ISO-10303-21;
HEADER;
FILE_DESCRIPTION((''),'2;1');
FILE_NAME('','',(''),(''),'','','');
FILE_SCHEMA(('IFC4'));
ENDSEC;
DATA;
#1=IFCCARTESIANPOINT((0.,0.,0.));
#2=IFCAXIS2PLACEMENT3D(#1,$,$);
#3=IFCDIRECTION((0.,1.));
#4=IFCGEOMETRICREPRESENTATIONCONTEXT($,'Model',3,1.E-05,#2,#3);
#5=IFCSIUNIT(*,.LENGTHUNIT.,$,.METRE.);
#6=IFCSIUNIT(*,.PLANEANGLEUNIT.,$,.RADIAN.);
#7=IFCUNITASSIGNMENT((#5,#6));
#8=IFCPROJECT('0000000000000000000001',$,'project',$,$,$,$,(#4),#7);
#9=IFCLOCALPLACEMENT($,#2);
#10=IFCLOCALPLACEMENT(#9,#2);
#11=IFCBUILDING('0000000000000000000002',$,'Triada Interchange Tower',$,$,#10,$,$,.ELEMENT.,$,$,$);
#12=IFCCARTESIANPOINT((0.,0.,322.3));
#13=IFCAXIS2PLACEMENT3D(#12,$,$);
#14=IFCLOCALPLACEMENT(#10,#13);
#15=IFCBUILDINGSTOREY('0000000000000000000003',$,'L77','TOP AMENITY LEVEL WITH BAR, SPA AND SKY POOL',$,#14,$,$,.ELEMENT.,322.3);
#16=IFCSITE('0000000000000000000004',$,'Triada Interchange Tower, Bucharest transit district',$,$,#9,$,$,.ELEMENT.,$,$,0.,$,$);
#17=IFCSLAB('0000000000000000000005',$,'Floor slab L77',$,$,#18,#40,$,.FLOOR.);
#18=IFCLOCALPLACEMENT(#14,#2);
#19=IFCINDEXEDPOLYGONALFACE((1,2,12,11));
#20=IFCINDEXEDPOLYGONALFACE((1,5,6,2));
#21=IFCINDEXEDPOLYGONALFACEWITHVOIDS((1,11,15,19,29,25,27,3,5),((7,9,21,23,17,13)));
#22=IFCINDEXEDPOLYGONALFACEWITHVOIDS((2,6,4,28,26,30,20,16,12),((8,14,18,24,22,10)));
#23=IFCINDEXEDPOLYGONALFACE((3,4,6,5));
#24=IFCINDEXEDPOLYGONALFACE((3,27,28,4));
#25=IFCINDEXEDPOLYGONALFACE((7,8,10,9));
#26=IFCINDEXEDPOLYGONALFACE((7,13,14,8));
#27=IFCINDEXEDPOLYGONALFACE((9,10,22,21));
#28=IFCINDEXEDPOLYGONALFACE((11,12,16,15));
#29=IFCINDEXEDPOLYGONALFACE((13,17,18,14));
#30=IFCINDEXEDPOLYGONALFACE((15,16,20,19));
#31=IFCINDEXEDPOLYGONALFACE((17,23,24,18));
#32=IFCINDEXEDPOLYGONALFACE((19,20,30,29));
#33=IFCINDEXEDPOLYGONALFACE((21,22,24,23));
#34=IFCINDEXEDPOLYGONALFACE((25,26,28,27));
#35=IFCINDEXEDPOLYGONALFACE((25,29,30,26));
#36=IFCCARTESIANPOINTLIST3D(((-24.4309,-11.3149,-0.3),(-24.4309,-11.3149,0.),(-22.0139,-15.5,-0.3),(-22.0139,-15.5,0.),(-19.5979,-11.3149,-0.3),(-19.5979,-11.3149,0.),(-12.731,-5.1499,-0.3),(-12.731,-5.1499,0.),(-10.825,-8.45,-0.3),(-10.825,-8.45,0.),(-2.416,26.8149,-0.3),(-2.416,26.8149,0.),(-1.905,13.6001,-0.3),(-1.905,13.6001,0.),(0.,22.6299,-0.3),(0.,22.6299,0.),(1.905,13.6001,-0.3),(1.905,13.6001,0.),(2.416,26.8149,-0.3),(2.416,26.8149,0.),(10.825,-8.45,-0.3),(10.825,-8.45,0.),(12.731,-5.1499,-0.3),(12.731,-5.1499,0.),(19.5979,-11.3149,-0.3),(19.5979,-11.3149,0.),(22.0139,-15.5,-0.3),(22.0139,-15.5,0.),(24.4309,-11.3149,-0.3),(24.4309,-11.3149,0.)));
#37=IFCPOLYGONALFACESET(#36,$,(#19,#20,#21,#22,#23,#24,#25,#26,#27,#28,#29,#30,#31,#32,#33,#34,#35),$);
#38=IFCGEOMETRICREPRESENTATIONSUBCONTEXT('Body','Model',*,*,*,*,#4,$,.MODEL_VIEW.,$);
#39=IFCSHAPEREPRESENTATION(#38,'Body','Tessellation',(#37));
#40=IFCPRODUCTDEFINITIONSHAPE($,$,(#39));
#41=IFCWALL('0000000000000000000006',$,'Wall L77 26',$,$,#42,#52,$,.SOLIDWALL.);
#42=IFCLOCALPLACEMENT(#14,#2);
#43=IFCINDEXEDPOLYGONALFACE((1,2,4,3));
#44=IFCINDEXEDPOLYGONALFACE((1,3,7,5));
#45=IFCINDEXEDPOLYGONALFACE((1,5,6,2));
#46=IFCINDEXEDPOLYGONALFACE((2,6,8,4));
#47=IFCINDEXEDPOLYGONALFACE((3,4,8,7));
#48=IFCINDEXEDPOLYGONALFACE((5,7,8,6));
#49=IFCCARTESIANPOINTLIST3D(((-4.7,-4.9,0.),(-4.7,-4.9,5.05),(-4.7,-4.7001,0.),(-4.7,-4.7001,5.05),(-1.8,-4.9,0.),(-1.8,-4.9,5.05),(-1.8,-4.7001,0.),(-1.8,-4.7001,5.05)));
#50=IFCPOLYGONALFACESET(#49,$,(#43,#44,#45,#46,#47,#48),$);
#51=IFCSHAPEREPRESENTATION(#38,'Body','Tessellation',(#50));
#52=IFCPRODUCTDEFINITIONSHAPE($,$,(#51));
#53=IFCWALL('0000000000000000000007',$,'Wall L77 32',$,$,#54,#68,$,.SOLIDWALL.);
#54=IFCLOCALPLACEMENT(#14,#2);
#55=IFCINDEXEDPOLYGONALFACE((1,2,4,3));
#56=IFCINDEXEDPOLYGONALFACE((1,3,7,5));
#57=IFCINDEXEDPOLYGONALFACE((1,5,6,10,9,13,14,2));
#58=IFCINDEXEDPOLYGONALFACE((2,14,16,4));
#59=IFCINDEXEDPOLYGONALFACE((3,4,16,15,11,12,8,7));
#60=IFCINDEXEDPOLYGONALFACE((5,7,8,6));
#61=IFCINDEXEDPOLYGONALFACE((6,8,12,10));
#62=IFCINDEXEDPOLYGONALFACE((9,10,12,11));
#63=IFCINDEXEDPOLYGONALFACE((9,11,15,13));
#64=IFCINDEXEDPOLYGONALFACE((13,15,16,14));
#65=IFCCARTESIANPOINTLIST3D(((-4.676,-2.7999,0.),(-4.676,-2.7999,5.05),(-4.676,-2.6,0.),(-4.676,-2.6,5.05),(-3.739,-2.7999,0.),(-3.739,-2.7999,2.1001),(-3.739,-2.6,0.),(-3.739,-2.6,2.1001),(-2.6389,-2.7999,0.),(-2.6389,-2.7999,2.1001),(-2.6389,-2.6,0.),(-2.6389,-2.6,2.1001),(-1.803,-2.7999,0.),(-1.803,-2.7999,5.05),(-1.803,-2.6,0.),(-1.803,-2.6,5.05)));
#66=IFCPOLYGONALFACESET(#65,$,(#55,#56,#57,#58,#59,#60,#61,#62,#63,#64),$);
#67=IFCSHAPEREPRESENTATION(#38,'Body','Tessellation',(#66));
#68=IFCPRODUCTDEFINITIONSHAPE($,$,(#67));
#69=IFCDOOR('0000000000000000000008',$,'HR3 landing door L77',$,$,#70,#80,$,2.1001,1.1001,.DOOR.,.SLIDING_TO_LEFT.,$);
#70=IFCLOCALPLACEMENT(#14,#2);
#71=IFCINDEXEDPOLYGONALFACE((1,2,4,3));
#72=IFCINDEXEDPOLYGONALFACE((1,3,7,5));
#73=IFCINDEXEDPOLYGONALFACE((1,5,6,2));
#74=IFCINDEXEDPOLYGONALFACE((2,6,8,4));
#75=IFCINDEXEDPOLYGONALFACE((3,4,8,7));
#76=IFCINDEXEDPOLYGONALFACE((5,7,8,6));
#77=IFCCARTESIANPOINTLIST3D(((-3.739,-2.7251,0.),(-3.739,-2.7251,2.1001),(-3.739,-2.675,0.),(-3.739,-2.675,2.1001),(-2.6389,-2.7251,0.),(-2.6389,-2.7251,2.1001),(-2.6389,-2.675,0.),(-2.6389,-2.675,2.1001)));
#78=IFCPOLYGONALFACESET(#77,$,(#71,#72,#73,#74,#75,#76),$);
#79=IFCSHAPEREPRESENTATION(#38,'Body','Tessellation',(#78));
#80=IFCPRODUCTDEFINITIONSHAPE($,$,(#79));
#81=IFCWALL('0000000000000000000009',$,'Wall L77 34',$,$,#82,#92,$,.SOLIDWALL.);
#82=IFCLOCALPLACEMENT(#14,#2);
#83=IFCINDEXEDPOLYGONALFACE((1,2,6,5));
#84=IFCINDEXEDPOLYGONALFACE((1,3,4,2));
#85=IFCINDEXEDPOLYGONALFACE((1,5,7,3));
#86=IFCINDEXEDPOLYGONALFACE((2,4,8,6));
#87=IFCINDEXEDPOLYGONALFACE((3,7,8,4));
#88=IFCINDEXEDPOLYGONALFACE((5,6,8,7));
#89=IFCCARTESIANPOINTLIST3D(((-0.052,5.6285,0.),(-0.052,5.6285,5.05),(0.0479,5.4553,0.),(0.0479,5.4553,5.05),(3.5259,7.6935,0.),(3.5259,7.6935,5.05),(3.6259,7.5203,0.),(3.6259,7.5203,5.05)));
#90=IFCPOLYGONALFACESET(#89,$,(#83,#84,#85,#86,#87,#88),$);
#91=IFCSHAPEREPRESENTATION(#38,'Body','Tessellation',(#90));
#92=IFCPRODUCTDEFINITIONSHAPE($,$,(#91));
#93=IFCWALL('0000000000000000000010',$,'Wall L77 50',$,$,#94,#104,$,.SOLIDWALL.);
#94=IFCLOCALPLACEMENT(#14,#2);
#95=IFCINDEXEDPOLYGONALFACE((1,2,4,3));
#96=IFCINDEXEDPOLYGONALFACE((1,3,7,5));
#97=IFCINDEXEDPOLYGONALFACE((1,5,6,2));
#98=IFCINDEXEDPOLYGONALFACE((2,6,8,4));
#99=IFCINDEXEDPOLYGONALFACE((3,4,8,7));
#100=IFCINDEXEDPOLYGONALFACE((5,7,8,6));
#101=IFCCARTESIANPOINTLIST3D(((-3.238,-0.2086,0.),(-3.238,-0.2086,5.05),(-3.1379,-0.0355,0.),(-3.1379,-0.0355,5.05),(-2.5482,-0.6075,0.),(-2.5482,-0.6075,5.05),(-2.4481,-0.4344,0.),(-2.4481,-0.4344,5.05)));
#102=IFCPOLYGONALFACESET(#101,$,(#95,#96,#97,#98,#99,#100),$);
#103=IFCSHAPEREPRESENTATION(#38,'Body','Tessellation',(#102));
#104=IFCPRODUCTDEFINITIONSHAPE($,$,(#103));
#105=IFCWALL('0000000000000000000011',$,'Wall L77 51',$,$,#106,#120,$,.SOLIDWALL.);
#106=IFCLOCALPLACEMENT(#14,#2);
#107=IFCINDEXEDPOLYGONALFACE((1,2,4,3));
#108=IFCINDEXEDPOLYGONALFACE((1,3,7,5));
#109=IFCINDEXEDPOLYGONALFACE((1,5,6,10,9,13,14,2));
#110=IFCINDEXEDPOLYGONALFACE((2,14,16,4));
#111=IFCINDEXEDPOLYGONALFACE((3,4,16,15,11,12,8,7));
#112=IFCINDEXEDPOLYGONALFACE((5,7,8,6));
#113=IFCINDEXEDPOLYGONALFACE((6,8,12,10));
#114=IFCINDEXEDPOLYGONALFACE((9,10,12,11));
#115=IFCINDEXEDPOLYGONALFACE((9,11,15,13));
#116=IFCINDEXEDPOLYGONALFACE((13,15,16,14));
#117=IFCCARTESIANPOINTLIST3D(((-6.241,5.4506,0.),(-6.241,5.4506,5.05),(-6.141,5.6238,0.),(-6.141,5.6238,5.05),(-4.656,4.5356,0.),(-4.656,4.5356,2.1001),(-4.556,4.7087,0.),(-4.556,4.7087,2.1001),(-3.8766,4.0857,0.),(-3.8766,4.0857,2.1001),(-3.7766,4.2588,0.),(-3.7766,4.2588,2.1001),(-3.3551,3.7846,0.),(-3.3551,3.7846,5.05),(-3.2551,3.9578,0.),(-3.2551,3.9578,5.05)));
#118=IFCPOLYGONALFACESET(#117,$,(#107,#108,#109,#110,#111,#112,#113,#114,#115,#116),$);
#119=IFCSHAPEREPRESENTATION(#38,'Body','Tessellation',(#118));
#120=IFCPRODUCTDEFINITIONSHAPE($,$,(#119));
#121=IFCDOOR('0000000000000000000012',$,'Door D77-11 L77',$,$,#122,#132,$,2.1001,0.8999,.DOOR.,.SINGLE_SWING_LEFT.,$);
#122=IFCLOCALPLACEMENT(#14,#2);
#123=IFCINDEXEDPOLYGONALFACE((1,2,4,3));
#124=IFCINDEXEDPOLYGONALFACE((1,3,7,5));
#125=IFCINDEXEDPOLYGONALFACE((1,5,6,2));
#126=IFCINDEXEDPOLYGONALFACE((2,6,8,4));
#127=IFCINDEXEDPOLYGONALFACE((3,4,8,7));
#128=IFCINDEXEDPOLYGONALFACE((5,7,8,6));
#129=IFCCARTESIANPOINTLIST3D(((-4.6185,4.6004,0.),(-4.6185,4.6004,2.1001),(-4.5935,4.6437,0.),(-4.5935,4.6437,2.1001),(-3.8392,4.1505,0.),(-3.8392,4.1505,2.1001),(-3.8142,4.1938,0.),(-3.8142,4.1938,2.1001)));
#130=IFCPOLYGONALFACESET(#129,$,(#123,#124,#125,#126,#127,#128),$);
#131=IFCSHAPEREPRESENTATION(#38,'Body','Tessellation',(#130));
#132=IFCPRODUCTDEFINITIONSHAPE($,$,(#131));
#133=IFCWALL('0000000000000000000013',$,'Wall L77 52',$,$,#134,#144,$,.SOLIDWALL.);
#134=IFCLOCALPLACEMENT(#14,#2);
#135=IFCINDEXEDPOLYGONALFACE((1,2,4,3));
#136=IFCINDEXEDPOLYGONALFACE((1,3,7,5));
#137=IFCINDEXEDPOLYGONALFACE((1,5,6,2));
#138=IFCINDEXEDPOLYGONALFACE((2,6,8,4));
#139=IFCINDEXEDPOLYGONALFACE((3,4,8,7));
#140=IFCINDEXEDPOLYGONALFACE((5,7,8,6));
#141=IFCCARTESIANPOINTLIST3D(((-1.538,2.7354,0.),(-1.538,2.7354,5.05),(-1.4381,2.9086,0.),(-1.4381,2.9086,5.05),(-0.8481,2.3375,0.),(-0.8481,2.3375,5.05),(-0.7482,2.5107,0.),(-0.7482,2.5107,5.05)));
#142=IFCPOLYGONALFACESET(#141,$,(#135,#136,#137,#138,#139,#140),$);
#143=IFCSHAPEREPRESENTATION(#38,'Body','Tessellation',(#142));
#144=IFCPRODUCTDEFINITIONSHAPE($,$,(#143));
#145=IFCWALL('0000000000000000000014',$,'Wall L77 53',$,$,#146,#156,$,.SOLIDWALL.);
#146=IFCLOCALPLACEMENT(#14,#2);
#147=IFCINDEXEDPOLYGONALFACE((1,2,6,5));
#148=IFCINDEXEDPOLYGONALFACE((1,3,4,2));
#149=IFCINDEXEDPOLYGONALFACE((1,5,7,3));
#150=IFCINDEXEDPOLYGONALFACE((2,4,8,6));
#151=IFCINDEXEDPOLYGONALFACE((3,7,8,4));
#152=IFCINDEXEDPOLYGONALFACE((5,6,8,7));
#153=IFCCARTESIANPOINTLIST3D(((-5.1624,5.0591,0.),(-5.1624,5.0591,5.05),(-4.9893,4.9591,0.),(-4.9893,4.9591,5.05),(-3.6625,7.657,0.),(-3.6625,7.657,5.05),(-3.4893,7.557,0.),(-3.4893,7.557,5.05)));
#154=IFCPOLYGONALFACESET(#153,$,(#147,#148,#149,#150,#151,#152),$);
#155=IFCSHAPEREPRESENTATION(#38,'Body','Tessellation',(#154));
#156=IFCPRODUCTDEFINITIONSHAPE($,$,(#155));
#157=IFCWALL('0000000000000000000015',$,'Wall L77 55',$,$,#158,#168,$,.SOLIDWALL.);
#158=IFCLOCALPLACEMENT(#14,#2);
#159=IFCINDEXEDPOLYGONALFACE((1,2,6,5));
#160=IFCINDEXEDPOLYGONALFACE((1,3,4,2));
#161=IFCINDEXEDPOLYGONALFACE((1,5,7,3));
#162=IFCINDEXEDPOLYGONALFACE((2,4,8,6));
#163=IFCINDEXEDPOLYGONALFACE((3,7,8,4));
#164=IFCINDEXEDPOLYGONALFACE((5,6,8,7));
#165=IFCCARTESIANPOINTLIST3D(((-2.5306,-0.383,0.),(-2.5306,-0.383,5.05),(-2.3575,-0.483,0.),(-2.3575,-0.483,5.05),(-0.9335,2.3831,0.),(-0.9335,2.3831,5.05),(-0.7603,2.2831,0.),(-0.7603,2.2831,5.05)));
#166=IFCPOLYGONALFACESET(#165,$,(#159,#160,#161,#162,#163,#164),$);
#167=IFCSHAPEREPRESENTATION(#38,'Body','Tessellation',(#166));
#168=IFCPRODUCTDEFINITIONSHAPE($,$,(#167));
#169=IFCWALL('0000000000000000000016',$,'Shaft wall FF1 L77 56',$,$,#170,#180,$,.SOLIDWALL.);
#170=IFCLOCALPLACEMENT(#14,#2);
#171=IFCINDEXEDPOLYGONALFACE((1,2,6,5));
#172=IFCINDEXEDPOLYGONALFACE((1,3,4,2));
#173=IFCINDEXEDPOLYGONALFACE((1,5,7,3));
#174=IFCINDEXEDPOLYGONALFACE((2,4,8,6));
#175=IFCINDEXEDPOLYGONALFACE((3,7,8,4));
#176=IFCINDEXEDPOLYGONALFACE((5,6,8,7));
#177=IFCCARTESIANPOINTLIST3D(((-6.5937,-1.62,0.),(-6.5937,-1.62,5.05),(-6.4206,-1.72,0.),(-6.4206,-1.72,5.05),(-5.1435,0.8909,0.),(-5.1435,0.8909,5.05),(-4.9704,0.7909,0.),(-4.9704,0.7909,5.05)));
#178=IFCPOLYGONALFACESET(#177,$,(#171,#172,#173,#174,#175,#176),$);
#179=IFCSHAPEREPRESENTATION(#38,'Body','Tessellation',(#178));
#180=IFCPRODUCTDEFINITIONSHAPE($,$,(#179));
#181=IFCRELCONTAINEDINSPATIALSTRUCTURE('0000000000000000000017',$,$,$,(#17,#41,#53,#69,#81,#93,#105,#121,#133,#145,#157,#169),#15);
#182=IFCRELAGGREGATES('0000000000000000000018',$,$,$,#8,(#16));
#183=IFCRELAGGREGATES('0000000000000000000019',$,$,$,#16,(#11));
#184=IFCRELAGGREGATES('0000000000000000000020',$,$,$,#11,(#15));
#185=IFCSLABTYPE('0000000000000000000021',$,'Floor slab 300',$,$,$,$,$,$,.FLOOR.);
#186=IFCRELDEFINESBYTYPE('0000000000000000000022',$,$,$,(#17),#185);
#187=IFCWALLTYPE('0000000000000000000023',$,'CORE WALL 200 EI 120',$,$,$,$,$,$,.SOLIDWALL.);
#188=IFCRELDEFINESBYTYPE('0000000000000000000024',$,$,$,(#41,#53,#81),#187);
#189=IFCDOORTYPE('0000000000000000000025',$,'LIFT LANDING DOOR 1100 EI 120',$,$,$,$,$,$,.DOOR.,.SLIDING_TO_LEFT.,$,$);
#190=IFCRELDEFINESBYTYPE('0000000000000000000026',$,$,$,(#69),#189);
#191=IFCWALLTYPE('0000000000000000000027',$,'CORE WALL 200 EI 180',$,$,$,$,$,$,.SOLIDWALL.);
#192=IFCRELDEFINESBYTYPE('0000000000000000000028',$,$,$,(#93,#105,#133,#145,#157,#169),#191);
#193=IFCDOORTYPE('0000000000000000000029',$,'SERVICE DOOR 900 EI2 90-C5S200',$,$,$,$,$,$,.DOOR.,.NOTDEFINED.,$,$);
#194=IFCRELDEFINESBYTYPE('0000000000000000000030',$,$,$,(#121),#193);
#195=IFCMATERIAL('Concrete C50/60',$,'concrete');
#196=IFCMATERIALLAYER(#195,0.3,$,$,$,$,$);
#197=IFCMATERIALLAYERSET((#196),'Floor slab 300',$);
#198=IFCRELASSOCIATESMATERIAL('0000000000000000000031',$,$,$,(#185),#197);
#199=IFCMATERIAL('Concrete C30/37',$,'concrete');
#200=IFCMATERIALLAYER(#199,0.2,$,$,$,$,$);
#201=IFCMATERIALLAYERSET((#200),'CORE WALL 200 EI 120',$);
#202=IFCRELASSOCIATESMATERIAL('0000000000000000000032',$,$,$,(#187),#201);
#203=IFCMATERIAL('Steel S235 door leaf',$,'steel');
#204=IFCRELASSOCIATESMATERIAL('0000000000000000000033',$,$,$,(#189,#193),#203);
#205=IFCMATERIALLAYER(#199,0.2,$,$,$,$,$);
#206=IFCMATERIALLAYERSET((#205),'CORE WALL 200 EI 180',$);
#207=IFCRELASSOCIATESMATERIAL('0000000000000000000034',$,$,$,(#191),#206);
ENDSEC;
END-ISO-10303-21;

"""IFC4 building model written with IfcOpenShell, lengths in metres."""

from ifc_helpers import new_model, si_unit, direction, frame, frame_2d, origin, place, context, subcontext, project, spatial, polyline, rectangle, outline, extrude, material, layer, layer_set, type_object, element, fill, save


model = new_model("IFC4")

# Units and contexts
model_context = context("Model", 3, precision=1e-05, world=origin(), true_north=direction((0.0, 1.0)))
body_context = subcontext(model_context, "Body", "Model", "MODEL_VIEW")
ifc_project = project(units=[si_unit("LENGTHUNIT", "METRE"), si_unit("PLANEANGLEUNIT", "RADIAN")], contexts=[model_context])

# Site, building, storey
site_placement = place(None, origin())
site = spatial("IfcSite", under=ifc_project, at=site_placement, Name="Triada Interchange Tower, Bucharest transit district", CompositionType="ELEMENT", RefElevation=0.0)
building_placement = place(site_placement, origin())
building = spatial("IfcBuilding", under=site, at=building_placement, Name="Triada Interchange Tower", CompositionType="ELEMENT")
storey_placement = place(building_placement, frame((0.0, 0.0, 322.3)))
storey = spatial("IfcBuildingStorey", under=building, at=storey_placement, Name="L77", Description="TOP AMENITY LEVEL WITH BAR, SPA AND SKY POOL", CompositionType="ELEMENT", Elevation=322.3)

# Slab
ifc_material_1 = material(Name="Concrete C50/60", Category="concrete")
ifc_layer_1 = layer(ifc_material_1, 0.3)
ifc_layer_set_1 = layer_set([ifc_layer_1], Name="Floor slab 300")
slab_type = type_object("IfcSlabType", Name="Floor slab 300", PredefinedType="FLOOR", material=ifc_layer_set_1)
slab_placement = place(storey_placement, frame((0.0, 0.0, -0.3)))
element("IfcSlab", 1, at=slab_placement, inside=storey, type_object=slab_type, Name="Floor slab L77", PredefinedType="FLOOR", context=body_context, shape_type="SweptSolid", body=[
    extrude(outline(polyline([(-2.416, 26.8149), (-24.4309, -11.3149), (-19.5979, -11.3149), (-22.0139, -15.5), (22.0139, -15.5), (19.5979, -11.3149), (24.4309, -11.3149), (2.416, 26.8149), (0.0, 22.6299), (-2.416, 26.8149)]), holes=[polyline([(1.905, 13.6001), (-1.905, 13.6001), (-12.731, -5.1499), (-10.825, -8.45), (10.825, -8.45), (12.731, -5.1499), (1.905, 13.6001)])]), origin(), (0.0, 0.0, 1.0), 0.3),
])

# Wall
ifc_material_2 = material(Name="Concrete C30/37", Category="concrete")
ifc_layer_2 = layer(ifc_material_2, 0.2)
ifc_layer_set_2 = layer_set([ifc_layer_2], Name="CORE WALL 200 EI 120")
wall_type_1 = type_object("IfcWallType", Name="CORE WALL 200 EI 120", PredefinedType="SOLIDWALL", material=ifc_layer_set_2)
wall_1_placement = place(storey_placement, frame((-4.7, -4.8, 0.0), z_axis=(0.0, 0.0, 1.0), x_axis=(1.0, 0.0, 0.0)))
element("IfcWall", 2, at=wall_1_placement, inside=storey, type_object=wall_type_1, Name="Wall L77 26", PredefinedType="SOLIDWALL", context=body_context, shape_type="SweptSolid", body=[
    extrude(rectangle(XDim=2.8999, YDim=0.2, at=frame_2d((1.45, 0.0))), origin(), (0.0, 0.0, 1.0), 5.05),
])

# Wall, opening, door
wall_2_placement = place(storey_placement, frame((-4.676, -2.7, 0.0), z_axis=(0.0, 0.0, 1.0), x_axis=(1.0, 0.0, 0.0)))
wall_2 = element("IfcWall", 3, at=wall_2_placement, inside=storey, type_object=wall_type_1, Name="Wall L77 32", PredefinedType="SOLIDWALL", context=body_context, shape_type="SweptSolid", body=[
    extrude(rectangle(XDim=2.873, YDim=0.2, at=frame_2d((1.4365, 0.0))), origin(), (0.0, 0.0, 1.0), 5.05),
])
opening_1_placement = place(wall_2_placement, frame((0.937, 0.0, 0.0)))
opening_1 = element("IfcOpeningElement", 4, at=opening_1_placement, cuts=wall_2, PredefinedType="OPENING", context=body_context, shape_type="SweptSolid", body=[
    extrude(rectangle(XDim=1.1001, YDim=2.1001, at=frame_2d((0.55, 1.05))), frame((0.0, 0.1099, 0.0), z_axis=(0.0, -1.0, 0.0), x_axis=(1.0, 0.0, 0.0)), (0.0, 0.0, 1.0), 0.22),
])
ifc_material_3 = material(Name="Steel S235 door leaf", Category="steel")
door_type_1 = type_object("IfcDoorType", Name="LIFT LANDING DOOR 1100 EI 120", OperationType="SLIDING_TO_LEFT", PredefinedType="DOOR", material=ifc_material_3)
door_1_placement = place(opening_1_placement, origin())
door_1 = element("IfcDoor", 5, at=door_1_placement, inside=storey, type_object=door_type_1, Name="HR3 landing door L77", OperationType="SLIDING_TO_LEFT", OverallHeight=2.1001, OverallWidth=1.1001, PredefinedType="DOOR", context=body_context, shape_type="SweptSolid", body=[
    extrude(rectangle(XDim=1.1001, YDim=2.1001, at=frame_2d((0.55, 1.05))), frame((0.0, 0.0249, 0.0), z_axis=(0.0, -1.0, 0.0), x_axis=(1.0, 0.0, 0.0)), (0.0, 0.0, 1.0), 0.05),
])
fill(opening_1, door_1)

# Walls
wall_3_placement = place(storey_placement, frame((-0.002, 5.542, 0.0), z_axis=(0.0, 0.0, 1.0), x_axis=(0.866104, 0.499864, 0.0)))
element("IfcWall", 6, at=wall_3_placement, inside=storey, type_object=wall_type_1, Name="Wall L77 34", PredefinedType="SOLIDWALL", context=body_context, shape_type="SweptSolid", body=[
    extrude(rectangle(XDim=4.1311, YDim=0.2, at=frame_2d((2.0654, 0.0))), origin(), (0.0, 0.0, 1.0), 5.05),
])
ifc_layer_3 = layer(ifc_material_2, 0.2)
ifc_layer_set_3 = layer_set([ifc_layer_3], Name="CORE WALL 200 EI 180")
wall_type_2 = type_object("IfcWallType", Name="CORE WALL 200 EI 180", PredefinedType="SOLIDWALL", material=ifc_layer_set_3)
wall_4_placement = place(storey_placement, frame((-3.188, -0.1221, 0.0), z_axis=(0.0, 0.0, 1.0), x_axis=(0.865706, -0.500553, 0.0)))
element("IfcWall", 7, at=wall_4_placement, inside=storey, type_object=wall_type_2, Name="Wall L77 50", PredefinedType="SOLIDWALL", context=body_context, shape_type="SweptSolid", body=[
    extrude(rectangle(XDim=0.7969, YDim=0.2, at=frame_2d((0.3984, 0.0))), origin(), (0.0, 0.0, 1.0), 5.05),
])

# Wall, opening, door
wall_5_placement = place(storey_placement, frame((-6.1909, 5.5371, 0.0), z_axis=(0.0, 0.0, 1.0), x_axis=(0.866053, -0.499953, 0.0)))
wall_5 = element("IfcWall", 8, at=wall_5_placement, inside=storey, type_object=wall_type_2, Name="Wall L77 51", PredefinedType="SOLIDWALL", context=body_context, shape_type="SweptSolid", body=[
    extrude(rectangle(XDim=3.3323, YDim=0.2, at=frame_2d((1.666, 0.0))), origin(), (0.0, 0.0, 1.0), 5.05),
])
opening_2_placement = place(wall_5_placement, frame((1.8301, 0.0, 0.0)))
opening_2 = element("IfcOpeningElement", 9, at=opening_2_placement, cuts=wall_5, PredefinedType="OPENING", context=body_context, shape_type="SweptSolid", body=[
    extrude(rectangle(XDim=0.8999, YDim=2.1001, at=frame_2d((0.45, 1.05))), frame((0.0, 0.1099, 0.0), z_axis=(0.0, -1.0, 0.0), x_axis=(1.0, 0.0, 0.0)), (0.0, 0.0, 1.0), 0.22),
])
door_type_2 = type_object("IfcDoorType", Name="SERVICE DOOR 900 EI2 90-C5S200", OperationType="NOTDEFINED", PredefinedType="DOOR", material=ifc_material_3)
door_2_placement = place(opening_2_placement, origin())
door_2 = element("IfcDoor", 10, at=door_2_placement, inside=storey, type_object=door_type_2, Name="Door D77-11 L77", OperationType="SINGLE_SWING_LEFT", OverallHeight=2.1001, OverallWidth=0.8999, PredefinedType="DOOR", context=body_context, shape_type="SweptSolid", body=[
    extrude(rectangle(XDim=0.8999, YDim=2.1001, at=frame_2d((0.45, 1.05))), frame((0.0, 0.0249, 0.0), z_axis=(0.0, -1.0, 0.0), x_axis=(1.0, 0.0, 0.0)), (0.0, 0.0, 1.0), 0.05),
])
fill(opening_2, door_2)

# Walls
wall_6_placement = place(storey_placement, frame((-1.488, 2.822, 0.0), z_axis=(0.0, 0.0, 1.0), x_axis=(0.866237, -0.499634, 0.0)))
element("IfcWall", 11, at=wall_6_placement, inside=storey, type_object=wall_type_2, Name="Wall L77 52", PredefinedType="SOLIDWALL", context=body_context, shape_type="SweptSolid", body=[
    extrude(rectangle(XDim=0.7964, YDim=0.2, at=frame_2d((0.3982, 0.0))), origin(), (0.0, 0.0, 1.0), 5.05),
])
wall_7_placement = place(storey_placement, frame((-5.0759, 5.009, 0.0), z_axis=(0.0, 0.0, 1.0), x_axis=(0.500025, 0.866011, 0.0)))
element("IfcWall", 12, at=wall_7_placement, inside=storey, type_object=wall_type_2, Name="Wall L77 53", PredefinedType="SOLIDWALL", context=body_context, shape_type="SweptSolid", body=[
    extrude(rectangle(XDim=2.9998, YDim=0.2, at=frame_2d((1.5, 0.0))), origin(), (0.0, 0.0, 1.0), 5.05),
])
wall_8_placement = place(storey_placement, frame((-2.4441, -0.4331, 0.0), z_axis=(0.0, 0.0, 1.0), x_axis=(0.500036, 0.866005, 0.0)))
element("IfcWall", 13, at=wall_8_placement, inside=storey, type_object=wall_type_2, Name="Wall L77 55", PredefinedType="SOLIDWALL", context=body_context, shape_type="SweptSolid", body=[
    extrude(rectangle(XDim=3.1941, YDim=0.2, at=frame_2d((1.5972, 0.0))), origin(), (0.0, 0.0, 1.0), 5.05),
])
wall_9_placement = place(storey_placement, frame((-6.5071, -1.6699, 0.0), z_axis=(0.0, 0.0, 1.0), x_axis=(0.500123, 0.865954, 0.0)))
element("IfcWall", 14, at=wall_9_placement, inside=storey, type_object=wall_type_2, Name="Shaft wall FF1 L77 56", PredefinedType="SOLIDWALL", context=body_context, shape_type="SweptSolid", body=[
    extrude(rectangle(XDim=2.8997, YDim=0.2, at=frame_2d((1.4497, 0.0))), origin(), (0.0, 0.0, 1.0), 5.05),
])

save(model, "model.ifc")
